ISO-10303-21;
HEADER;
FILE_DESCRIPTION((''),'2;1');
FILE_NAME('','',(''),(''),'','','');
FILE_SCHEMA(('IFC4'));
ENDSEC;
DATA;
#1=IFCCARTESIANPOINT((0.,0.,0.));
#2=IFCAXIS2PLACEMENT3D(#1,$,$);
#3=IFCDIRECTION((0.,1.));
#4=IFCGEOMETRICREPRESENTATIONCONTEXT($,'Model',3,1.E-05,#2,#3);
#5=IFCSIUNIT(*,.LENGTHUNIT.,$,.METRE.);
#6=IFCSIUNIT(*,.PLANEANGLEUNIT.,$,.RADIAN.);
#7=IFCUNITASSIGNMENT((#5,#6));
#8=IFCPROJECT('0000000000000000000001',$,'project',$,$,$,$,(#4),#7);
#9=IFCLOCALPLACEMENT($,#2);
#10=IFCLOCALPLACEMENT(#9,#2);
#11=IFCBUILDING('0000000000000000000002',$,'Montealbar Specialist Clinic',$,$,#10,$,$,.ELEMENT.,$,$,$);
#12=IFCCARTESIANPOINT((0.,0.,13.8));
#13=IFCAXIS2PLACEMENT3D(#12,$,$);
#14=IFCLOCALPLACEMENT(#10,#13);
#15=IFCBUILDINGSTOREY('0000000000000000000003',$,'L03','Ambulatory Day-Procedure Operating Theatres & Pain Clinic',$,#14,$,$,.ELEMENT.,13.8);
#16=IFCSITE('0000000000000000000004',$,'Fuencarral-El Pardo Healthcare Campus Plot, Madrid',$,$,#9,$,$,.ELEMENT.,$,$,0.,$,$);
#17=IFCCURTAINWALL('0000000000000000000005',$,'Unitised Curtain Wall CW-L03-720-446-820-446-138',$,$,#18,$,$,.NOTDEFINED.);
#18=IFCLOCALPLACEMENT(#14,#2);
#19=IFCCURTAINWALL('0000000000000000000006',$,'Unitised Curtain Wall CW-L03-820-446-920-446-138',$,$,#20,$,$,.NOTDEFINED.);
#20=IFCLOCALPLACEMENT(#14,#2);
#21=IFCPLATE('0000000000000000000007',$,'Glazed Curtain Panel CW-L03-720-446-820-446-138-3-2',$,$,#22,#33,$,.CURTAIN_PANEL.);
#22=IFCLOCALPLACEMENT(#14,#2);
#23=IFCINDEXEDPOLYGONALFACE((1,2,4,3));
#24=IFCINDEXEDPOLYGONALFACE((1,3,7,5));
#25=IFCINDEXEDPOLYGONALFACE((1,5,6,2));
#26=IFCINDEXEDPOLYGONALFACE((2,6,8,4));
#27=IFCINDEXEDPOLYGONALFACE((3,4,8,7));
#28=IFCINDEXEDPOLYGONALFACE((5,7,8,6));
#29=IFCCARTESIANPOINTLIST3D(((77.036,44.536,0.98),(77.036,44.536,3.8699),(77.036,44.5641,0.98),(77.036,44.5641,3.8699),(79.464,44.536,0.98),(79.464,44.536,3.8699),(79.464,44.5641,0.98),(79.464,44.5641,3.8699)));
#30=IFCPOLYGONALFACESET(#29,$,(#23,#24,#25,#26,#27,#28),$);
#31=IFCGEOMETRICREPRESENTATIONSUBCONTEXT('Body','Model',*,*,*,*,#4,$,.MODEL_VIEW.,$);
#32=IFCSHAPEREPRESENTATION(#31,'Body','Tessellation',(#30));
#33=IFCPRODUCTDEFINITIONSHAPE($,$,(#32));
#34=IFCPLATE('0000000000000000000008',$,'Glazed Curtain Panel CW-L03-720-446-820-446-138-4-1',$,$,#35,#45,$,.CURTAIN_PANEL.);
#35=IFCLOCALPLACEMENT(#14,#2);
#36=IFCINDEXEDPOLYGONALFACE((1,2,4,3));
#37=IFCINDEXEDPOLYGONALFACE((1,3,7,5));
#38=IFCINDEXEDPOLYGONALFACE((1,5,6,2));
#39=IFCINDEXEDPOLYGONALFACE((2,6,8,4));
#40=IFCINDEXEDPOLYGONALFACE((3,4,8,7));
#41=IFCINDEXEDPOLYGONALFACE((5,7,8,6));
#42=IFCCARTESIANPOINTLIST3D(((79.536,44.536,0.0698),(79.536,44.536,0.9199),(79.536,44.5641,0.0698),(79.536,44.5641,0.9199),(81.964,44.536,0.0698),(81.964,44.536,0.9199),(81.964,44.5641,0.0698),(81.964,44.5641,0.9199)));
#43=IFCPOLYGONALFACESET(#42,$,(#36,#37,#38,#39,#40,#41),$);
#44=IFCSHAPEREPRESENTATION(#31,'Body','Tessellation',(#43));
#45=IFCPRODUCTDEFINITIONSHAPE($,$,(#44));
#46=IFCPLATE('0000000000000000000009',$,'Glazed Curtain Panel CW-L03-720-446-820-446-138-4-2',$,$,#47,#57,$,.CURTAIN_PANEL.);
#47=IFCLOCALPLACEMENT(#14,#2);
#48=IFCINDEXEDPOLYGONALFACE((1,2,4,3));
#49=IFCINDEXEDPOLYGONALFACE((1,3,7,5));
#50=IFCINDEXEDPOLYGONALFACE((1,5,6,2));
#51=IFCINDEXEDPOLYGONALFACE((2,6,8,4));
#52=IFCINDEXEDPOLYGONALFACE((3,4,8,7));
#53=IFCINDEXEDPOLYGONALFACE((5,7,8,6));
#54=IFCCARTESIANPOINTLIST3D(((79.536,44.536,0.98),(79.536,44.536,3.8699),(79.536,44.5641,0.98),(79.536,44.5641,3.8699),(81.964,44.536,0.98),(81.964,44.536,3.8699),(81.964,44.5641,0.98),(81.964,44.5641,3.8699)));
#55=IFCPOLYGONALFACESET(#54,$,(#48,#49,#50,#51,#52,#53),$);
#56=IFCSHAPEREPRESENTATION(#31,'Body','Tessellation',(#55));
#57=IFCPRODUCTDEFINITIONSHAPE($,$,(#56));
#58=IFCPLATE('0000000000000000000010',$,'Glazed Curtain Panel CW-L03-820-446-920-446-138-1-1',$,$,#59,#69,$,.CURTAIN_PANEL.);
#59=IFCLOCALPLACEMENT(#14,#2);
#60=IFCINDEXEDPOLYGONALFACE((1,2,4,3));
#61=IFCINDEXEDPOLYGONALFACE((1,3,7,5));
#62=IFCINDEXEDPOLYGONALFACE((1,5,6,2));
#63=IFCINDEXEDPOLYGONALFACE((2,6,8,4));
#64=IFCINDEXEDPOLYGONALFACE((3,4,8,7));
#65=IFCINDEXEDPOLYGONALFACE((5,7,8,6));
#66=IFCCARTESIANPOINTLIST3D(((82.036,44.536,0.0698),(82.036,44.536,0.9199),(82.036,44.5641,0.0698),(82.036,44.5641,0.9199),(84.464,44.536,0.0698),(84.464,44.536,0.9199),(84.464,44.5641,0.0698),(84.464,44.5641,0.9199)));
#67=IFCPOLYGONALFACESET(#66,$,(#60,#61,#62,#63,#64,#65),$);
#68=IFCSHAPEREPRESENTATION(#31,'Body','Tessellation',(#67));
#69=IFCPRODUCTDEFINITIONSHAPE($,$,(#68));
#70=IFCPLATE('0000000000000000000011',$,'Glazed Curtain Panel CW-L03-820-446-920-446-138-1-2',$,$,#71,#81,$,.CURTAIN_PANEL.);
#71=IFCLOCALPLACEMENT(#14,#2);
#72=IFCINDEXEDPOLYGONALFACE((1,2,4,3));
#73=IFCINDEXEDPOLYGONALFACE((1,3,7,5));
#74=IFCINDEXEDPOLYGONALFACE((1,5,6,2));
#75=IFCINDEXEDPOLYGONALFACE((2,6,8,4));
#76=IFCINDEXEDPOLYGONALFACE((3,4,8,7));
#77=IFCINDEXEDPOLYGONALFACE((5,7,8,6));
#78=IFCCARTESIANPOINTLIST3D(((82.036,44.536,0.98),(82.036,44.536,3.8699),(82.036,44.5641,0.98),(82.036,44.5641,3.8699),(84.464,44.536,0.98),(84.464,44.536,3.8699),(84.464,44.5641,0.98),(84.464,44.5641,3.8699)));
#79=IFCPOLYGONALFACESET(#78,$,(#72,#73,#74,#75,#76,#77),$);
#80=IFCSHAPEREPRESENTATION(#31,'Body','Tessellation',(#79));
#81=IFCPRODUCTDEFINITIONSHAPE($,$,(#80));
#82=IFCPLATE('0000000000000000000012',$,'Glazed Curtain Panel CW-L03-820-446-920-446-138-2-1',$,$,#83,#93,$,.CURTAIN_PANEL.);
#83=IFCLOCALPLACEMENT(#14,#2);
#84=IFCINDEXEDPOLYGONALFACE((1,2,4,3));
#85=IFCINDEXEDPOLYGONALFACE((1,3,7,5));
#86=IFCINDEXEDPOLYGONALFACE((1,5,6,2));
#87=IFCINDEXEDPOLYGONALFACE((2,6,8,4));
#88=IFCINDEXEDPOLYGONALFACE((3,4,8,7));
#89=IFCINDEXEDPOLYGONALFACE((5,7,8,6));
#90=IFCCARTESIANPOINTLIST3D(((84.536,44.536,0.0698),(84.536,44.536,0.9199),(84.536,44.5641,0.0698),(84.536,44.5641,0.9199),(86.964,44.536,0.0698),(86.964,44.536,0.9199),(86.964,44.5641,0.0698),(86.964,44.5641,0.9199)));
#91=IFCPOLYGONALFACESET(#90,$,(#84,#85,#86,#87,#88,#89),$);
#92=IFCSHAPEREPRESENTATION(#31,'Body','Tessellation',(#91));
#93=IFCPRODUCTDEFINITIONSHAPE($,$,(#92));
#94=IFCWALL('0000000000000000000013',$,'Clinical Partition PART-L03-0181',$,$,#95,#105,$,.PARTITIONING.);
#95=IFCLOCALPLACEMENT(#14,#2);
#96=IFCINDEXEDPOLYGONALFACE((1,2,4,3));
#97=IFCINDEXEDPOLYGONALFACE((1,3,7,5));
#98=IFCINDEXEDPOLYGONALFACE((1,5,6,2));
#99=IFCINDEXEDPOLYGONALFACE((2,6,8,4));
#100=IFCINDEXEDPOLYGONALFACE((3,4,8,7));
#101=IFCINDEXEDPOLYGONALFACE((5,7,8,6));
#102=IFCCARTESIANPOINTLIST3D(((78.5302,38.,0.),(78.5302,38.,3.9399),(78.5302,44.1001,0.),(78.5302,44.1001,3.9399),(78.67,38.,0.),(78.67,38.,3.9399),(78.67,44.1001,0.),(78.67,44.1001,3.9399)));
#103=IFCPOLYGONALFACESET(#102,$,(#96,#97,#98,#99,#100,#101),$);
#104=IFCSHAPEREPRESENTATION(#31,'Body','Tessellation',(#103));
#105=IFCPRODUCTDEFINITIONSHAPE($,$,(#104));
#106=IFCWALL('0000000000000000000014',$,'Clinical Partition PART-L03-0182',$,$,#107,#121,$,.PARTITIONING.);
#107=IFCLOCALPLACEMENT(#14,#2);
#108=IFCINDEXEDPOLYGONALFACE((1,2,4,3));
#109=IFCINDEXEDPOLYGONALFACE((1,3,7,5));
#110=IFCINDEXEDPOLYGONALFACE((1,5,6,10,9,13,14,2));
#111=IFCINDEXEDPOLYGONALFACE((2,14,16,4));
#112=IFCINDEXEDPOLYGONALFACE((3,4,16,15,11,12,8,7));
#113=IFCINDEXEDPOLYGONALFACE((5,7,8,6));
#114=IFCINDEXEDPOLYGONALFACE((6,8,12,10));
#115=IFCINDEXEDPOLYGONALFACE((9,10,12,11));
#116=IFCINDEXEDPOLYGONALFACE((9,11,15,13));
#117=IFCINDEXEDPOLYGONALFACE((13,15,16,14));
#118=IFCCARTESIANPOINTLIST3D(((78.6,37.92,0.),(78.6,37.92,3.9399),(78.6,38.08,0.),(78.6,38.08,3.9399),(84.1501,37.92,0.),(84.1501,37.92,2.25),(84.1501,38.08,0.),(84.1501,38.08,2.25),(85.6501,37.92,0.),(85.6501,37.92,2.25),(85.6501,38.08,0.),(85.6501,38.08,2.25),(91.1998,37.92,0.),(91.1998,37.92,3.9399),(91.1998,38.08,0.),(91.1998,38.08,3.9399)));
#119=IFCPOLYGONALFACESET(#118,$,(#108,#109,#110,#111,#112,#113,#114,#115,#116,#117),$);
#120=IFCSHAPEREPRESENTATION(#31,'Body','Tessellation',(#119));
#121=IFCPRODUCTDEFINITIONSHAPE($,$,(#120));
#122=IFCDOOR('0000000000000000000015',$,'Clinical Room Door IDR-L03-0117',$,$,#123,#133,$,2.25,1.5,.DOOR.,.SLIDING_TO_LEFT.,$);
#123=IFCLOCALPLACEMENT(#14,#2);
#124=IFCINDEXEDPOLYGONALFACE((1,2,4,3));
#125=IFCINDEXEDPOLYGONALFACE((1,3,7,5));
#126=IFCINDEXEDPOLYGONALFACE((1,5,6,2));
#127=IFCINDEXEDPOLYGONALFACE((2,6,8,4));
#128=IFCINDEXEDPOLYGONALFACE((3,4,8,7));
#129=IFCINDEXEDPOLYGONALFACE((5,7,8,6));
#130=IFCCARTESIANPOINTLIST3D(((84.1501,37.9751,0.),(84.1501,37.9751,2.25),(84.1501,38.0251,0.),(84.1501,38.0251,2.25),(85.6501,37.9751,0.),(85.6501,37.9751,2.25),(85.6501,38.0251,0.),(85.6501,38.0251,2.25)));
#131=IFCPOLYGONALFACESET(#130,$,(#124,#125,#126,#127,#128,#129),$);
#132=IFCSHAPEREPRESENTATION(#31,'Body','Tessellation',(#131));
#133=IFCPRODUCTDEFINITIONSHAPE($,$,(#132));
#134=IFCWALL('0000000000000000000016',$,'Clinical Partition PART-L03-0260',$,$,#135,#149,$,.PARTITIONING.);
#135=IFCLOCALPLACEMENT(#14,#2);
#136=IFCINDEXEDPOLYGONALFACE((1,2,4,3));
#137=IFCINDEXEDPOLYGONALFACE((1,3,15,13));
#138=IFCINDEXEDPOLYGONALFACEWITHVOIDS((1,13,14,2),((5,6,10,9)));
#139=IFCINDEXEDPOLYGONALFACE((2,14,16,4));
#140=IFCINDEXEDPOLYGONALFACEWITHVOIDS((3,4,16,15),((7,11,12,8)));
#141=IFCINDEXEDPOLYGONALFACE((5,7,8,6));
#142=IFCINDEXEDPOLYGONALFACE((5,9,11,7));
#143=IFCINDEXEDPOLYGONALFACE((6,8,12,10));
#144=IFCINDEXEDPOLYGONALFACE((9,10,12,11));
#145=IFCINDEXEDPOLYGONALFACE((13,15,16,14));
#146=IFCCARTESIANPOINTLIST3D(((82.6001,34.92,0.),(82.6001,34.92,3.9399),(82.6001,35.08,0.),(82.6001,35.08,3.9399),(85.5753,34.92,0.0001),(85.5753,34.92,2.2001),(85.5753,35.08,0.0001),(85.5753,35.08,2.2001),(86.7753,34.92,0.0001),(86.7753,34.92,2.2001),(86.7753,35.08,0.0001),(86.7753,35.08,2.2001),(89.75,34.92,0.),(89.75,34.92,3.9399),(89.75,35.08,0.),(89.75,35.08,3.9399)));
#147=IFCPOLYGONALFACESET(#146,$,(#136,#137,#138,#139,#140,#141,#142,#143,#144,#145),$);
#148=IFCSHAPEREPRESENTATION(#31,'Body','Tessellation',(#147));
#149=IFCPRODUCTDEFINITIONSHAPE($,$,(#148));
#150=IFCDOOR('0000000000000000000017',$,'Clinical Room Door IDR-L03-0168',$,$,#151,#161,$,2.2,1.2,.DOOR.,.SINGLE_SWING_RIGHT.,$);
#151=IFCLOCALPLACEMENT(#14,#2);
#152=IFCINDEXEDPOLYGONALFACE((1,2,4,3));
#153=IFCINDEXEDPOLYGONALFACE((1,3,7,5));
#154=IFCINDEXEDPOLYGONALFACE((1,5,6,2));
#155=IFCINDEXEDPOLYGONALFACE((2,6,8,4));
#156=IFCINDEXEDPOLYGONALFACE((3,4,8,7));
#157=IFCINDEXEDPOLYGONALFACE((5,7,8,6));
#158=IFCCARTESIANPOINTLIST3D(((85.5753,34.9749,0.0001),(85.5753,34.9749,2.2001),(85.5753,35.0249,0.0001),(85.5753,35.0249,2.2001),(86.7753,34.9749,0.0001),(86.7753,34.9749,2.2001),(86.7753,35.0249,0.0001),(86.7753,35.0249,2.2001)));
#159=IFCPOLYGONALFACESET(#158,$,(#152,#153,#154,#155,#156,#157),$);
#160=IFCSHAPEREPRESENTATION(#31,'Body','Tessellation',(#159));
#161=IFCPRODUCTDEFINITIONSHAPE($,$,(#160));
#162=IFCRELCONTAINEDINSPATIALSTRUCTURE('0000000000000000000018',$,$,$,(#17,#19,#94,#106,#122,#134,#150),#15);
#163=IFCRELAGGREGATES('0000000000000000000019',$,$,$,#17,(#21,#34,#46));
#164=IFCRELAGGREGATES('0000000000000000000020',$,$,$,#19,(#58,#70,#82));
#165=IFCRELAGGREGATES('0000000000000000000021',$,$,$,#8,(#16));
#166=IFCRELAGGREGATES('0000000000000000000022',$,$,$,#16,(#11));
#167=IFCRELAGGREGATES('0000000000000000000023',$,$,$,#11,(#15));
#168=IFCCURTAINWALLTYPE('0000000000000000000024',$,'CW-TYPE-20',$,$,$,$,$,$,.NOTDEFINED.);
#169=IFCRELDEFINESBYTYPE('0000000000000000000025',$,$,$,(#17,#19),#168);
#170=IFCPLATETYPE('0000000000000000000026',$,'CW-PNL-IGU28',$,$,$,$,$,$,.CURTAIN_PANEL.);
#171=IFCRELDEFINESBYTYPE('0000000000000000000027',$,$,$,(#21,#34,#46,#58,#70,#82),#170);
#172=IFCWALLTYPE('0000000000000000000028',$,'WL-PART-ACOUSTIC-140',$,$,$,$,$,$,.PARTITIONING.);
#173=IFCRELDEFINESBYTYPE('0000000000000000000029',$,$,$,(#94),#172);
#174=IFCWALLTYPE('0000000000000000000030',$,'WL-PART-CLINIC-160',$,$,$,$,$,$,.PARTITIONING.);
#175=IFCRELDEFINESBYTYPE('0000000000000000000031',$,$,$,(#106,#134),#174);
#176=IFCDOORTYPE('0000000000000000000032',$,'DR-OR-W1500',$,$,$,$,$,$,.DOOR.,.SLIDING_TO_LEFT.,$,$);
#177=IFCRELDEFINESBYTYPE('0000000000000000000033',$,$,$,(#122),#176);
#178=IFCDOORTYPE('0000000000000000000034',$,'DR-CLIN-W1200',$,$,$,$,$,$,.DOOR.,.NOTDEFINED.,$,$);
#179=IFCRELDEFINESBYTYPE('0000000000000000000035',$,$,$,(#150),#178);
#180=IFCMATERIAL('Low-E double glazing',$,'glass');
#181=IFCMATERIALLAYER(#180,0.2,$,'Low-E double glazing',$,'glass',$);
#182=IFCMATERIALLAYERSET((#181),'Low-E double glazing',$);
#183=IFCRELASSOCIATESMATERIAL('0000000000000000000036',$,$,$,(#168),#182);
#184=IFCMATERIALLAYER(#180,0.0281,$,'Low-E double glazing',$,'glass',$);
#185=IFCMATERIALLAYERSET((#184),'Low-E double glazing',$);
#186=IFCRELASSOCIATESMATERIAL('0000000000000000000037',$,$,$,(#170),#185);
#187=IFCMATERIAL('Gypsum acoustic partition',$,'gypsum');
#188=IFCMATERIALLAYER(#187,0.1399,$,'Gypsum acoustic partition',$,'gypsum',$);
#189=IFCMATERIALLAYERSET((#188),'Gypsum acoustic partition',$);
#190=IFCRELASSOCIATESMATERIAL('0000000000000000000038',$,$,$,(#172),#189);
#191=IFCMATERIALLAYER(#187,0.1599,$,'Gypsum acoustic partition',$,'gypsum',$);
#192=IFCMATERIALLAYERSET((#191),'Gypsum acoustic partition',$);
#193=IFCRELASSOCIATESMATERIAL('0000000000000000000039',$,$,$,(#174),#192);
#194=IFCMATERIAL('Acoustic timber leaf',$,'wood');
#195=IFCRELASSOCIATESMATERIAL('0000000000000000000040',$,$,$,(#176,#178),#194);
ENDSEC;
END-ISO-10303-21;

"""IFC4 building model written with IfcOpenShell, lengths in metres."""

from ifc_helpers import new_model, si_unit, direction, frame, frame_2d, origin, origin_2d, place, context, subcontext, project, spatial, rectangle, extrude, material, layer, layer_set, type_object, element, fill, aggregate, save


model = new_model("IFC4")

# Units and contexts
model_context = context("Model", 3, precision=1e-05, world=origin(), true_north=direction((0.0, 1.0)))
body_context = subcontext(model_context, "Body", "Model", "MODEL_VIEW")
ifc_project = project(units=[si_unit("LENGTHUNIT", "METRE"), si_unit("PLANEANGLEUNIT", "RADIAN")], contexts=[model_context])

# Site, building, storey
site_placement = place(None, origin())
site = spatial("IfcSite", under=ifc_project, at=site_placement, Name="Fuencarral-El Pardo Healthcare Campus Plot, Madrid", CompositionType="ELEMENT", RefElevation=0.0)
building_placement = place(site_placement, origin())
building = spatial("IfcBuilding", under=site, at=building_placement, Name="Montealbar Specialist Clinic", CompositionType="ELEMENT")
storey_placement = place(building_placement, frame((0.0, 0.0, 13.8)))
storey = spatial("IfcBuildingStorey", under=building, at=storey_placement, Name="L03", Description="Ambulatory Day-Procedure Operating Theatres & Pain Clinic", CompositionType="ELEMENT", Elevation=13.8)

# Curtain walls
ifc_material_1 = material(Name="Low-E double glazing", Category="glass")
ifc_layer_1 = layer(ifc_material_1, 0.2, Name="Low-E double glazing", Category="glass")
ifc_layer_set_1 = layer_set([ifc_layer_1], Name="Low-E double glazing")
curtain_wall_type = type_object("IfcCurtainWallType", Name="CW-TYPE-20", PredefinedType="NOTDEFINED", material=ifc_layer_set_1)
curtain_wall_1_placement = place(storey_placement, origin())
curtain_wall_1 = element("IfcCurtainWall", 1, at=curtain_wall_1_placement, inside=storey, type_object=curtain_wall_type, Name="Unitised Curtain Wall CW-L03-720-446-820-446-138", PredefinedType="NOTDEFINED")
curtain_wall_2_placement = place(storey_placement, origin())
curtain_wall_2 = element("IfcCurtainWall", 2, at=curtain_wall_2_placement, inside=storey, type_object=curtain_wall_type, Name="Unitised Curtain Wall CW-L03-820-446-920-446-138", PredefinedType="NOTDEFINED")

# Plates
ifc_layer_2 = layer(ifc_material_1, 0.0281, Name="Low-E double glazing", Category="glass")
ifc_layer_set_2 = layer_set([ifc_layer_2], Name="Low-E double glazing")
plate_type = type_object("IfcPlateType", Name="CW-PNL-IGU28", PredefinedType="CURTAIN_PANEL", material=ifc_layer_set_2)
plate_1_placement = place(storey_placement, frame((78.25, 44.55, 0.98), z_axis=(0.0, 0.0, 1.0), x_axis=(1.0, 0.0, 0.0)))
plate_1 = element("IfcPlate", 3, at=plate_1_placement, type_object=plate_type, Name="Glazed Curtain Panel CW-L03-720-446-820-446-138-3-2", PredefinedType="CURTAIN_PANEL", context=body_context, shape_type="SweptSolid", body=[
    extrude(rectangle(XDim=2.428, YDim=0.0281, at=origin_2d()), origin(), (0.0, 0.0, 1.0), 2.8899),
])
plate_2_placement = place(storey_placement, frame((80.75, 44.55, 0.0698), z_axis=(0.0, 0.0, 1.0), x_axis=(1.0, 0.0, 0.0)))
plate_2 = element("IfcPlate", 4, at=plate_2_placement, type_object=plate_type, Name="Glazed Curtain Panel CW-L03-720-446-820-446-138-4-1", PredefinedType="CURTAIN_PANEL", context=body_context, shape_type="SweptSolid", body=[
    extrude(rectangle(XDim=2.428, YDim=0.0281, at=origin_2d()), origin(), (0.0, 0.0, 1.0), 0.8501),
])
plate_3_placement = place(storey_placement, frame((80.75, 44.55, 0.98), z_axis=(0.0, 0.0, 1.0), x_axis=(1.0, 0.0, 0.0)))
plate_3 = element("IfcPlate", 5, at=plate_3_placement, type_object=plate_type, Name="Glazed Curtain Panel CW-L03-720-446-820-446-138-4-2", PredefinedType="CURTAIN_PANEL", context=body_context, shape_type="SweptSolid", body=[
    extrude(rectangle(XDim=2.428, YDim=0.0281, at=origin_2d()), origin(), (0.0, 0.0, 1.0), 2.8899),
])
aggregate(curtain_wall_1, [plate_1, plate_2, plate_3])
plate_4_placement = place(storey_placement, frame((83.25, 44.55, 0.0698), z_axis=(0.0, 0.0, 1.0), x_axis=(1.0, 0.0, 0.0)))
plate_4 = element("IfcPlate", 6, at=plate_4_placement, type_object=plate_type, Name="Glazed Curtain Panel CW-L03-820-446-920-446-138-1-1", PredefinedType="CURTAIN_PANEL", context=body_context, shape_type="SweptSolid", body=[
    extrude(rectangle(XDim=2.428, YDim=0.0281, at=origin_2d()), origin(), (0.0, 0.0, 1.0), 0.8501),
])
plate_5_placement = place(storey_placement, frame((83.25, 44.55, 0.98), z_axis=(0.0, 0.0, 1.0), x_axis=(1.0, 0.0, 0.0)))
plate_5 = element("IfcPlate", 7, at=plate_5_placement, type_object=plate_type, Name="Glazed Curtain Panel CW-L03-820-446-920-446-138-1-2", PredefinedType="CURTAIN_PANEL", context=body_context, shape_type="SweptSolid", body=[
    extrude(rectangle(XDim=2.428, YDim=0.0281, at=origin_2d()), origin(), (0.0, 0.0, 1.0), 2.8899),
])
plate_6_placement = place(storey_placement, frame((85.75, 44.55, 0.0698), z_axis=(0.0, 0.0, 1.0), x_axis=(1.0, 0.0, 0.0)))
plate_6 = element("IfcPlate", 8, at=plate_6_placement, type_object=plate_type, Name="Glazed Curtain Panel CW-L03-820-446-920-446-138-2-1", PredefinedType="CURTAIN_PANEL", context=body_context, shape_type="SweptSolid", body=[
    extrude(rectangle(XDim=2.428, YDim=0.0281, at=origin_2d()), origin(), (0.0, 0.0, 1.0), 0.8501),
])
aggregate(curtain_wall_2, [plate_4, plate_5, plate_6])

# Wall
ifc_material_2 = material(Name="Gypsum acoustic partition", Category="gypsum")
ifc_layer_3 = layer(ifc_material_2, 0.1399, Name="Gypsum acoustic partition", Category="gypsum")
ifc_layer_set_3 = layer_set([ifc_layer_3], Name="Gypsum acoustic partition")
wall_type_1 = type_object("IfcWallType", Name="WL-PART-ACOUSTIC-140", PredefinedType="PARTITIONING", material=ifc_layer_set_3)
wall_1_placement = place(storey_placement, frame((78.6001, 38.0, 0.0), z_axis=(0.0, 0.0, 1.0), x_axis=(0.0, 1.0, 0.0)))
element("IfcWall", 9, at=wall_1_placement, inside=storey, type_object=wall_type_1, Name="Clinical Partition PART-L03-0181", PredefinedType="PARTITIONING", context=body_context, shape_type="SweptSolid", body=[
    extrude(rectangle(XDim=6.1001, YDim=0.1399, at=frame_2d((3.05, 0.0))), origin(), (0.0, 0.0, 1.0), 3.9399),
])

# Walls, openings, doors
ifc_layer_4 = layer(ifc_material_2, 0.1599, Name="Gypsum acoustic partition", Category="gypsum")
ifc_layer_set_4 = layer_set([ifc_layer_4], Name="Gypsum acoustic partition")
wall_type_2 = type_object("IfcWallType", Name="WL-PART-CLINIC-160", PredefinedType="PARTITIONING", material=ifc_layer_set_4)
wall_2_placement = place(storey_placement, frame((78.6001, 38.0, 0.0), z_axis=(0.0, 0.0, 1.0), x_axis=(1.0, 0.0, 0.0)))
wall_2 = element("IfcWall", 10, at=wall_2_placement, inside=storey, type_object=wall_type_2, Name="Clinical Partition PART-L03-0182", PredefinedType="PARTITIONING", context=body_context, shape_type="SweptSolid", body=[
    extrude(rectangle(XDim=12.5999, YDim=0.1599, at=frame_2d((6.2998, 0.0))), origin(), (0.0, 0.0, 1.0), 3.9399),
])
opening_1_placement = place(wall_2_placement, frame((5.55, 0.0, 0.0)))
opening_1 = element("IfcOpeningElement", 11, at=opening_1_placement, cuts=wall_2, PredefinedType="OPENING", context=body_context, shape_type="SweptSolid", body=[
    extrude(rectangle(XDim=1.5, YDim=2.25, at=frame_2d((0.75, 1.125))), frame((0.0, 0.0898, 0.0), z_axis=(0.0, -1.0, 0.0), x_axis=(1.0, 0.0, 0.0)), (0.0, 0.0, 1.0), 0.1799),
])
ifc_material_3 = material(Name="Acoustic timber leaf", Category="wood")
door_type_1 = type_object("IfcDoorType", Name="DR-OR-W1500", OperationType="SLIDING_TO_LEFT", PredefinedType="DOOR", material=ifc_material_3)
door_1_placement = place(opening_1_placement, frame((1.5, 0.0, 0.0), z_axis=(0.0, 0.0, 1.0), x_axis=(-1.0, 0.0, 0.0)))
door_1 = element("IfcDoor", 12, at=door_1_placement, inside=storey, type_object=door_type_1, Name="Clinical Room Door IDR-L03-0117", OperationType="SLIDING_TO_LEFT", OverallHeight=2.25, OverallWidth=1.5, PredefinedType="DOOR", context=body_context, shape_type="SweptSolid", body=[
    extrude(rectangle(XDim=1.5, YDim=2.25, at=frame_2d((0.75, 1.125))), frame((0.0, 0.0249, 0.0), z_axis=(0.0, -1.0, 0.0), x_axis=(1.0, 0.0, 0.0)), (0.0, 0.0, 1.0), 0.05),
])
fill(opening_1, door_1)
wall_3_placement = place(storey_placement, frame((82.6001, 35.0, 0.0), z_axis=(0.0, 0.0, 1.0), x_axis=(1.0, 0.0, 0.0)))
wall_3 = element("IfcWall", 13, at=wall_3_placement, inside=storey, type_object=wall_type_2, Name="Clinical Partition PART-L03-0260", PredefinedType="PARTITIONING", context=body_context, shape_type="SweptSolid", body=[
    extrude(rectangle(XDim=7.1499, YDim=0.1599, at=frame_2d((3.575, 0.0))), origin(), (0.0, 0.0, 1.0), 3.9399),
])
opening_2_placement = place(wall_3_placement, frame((2.9751, 0.0, 0.0)))
opening_2 = element("IfcOpeningElement", 14, at=opening_2_placement, cuts=wall_3, PredefinedType="OPENING", context=body_context, shape_type="SweptSolid", body=[
    extrude(rectangle(XDim=1.2, YDim=2.2, at=frame_2d((0.6001, 1.1001))), frame((0.0, 0.0898, 0.0), z_axis=(0.0, -1.0, 0.0), x_axis=(1.0, 0.0, 0.0)), (0.0, 0.0, 1.0), 0.1799),
])
door_type_2 = type_object("IfcDoorType", Name="DR-CLIN-W1200", OperationType="NOTDEFINED", PredefinedType="DOOR", material=ifc_material_3)
door_2_placement = place(opening_2_placement, origin())
door_2 = element("IfcDoor", 15, at=door_2_placement, inside=storey, type_object=door_type_2, Name="Clinical Room Door IDR-L03-0168", OperationType="SINGLE_SWING_RIGHT", OverallHeight=2.2, OverallWidth=1.2, PredefinedType="DOOR", context=body_context, shape_type="SweptSolid", body=[
    extrude(rectangle(XDim=1.2, YDim=2.2, at=frame_2d((0.6001, 1.1001))), frame((0.0, 0.0249, 0.0), z_axis=(0.0, -1.0, 0.0), x_axis=(1.0, 0.0, 0.0)), (0.0, 0.0, 1.0), 0.05),
])
fill(opening_2, door_2)

save(model, "model.ifc")
